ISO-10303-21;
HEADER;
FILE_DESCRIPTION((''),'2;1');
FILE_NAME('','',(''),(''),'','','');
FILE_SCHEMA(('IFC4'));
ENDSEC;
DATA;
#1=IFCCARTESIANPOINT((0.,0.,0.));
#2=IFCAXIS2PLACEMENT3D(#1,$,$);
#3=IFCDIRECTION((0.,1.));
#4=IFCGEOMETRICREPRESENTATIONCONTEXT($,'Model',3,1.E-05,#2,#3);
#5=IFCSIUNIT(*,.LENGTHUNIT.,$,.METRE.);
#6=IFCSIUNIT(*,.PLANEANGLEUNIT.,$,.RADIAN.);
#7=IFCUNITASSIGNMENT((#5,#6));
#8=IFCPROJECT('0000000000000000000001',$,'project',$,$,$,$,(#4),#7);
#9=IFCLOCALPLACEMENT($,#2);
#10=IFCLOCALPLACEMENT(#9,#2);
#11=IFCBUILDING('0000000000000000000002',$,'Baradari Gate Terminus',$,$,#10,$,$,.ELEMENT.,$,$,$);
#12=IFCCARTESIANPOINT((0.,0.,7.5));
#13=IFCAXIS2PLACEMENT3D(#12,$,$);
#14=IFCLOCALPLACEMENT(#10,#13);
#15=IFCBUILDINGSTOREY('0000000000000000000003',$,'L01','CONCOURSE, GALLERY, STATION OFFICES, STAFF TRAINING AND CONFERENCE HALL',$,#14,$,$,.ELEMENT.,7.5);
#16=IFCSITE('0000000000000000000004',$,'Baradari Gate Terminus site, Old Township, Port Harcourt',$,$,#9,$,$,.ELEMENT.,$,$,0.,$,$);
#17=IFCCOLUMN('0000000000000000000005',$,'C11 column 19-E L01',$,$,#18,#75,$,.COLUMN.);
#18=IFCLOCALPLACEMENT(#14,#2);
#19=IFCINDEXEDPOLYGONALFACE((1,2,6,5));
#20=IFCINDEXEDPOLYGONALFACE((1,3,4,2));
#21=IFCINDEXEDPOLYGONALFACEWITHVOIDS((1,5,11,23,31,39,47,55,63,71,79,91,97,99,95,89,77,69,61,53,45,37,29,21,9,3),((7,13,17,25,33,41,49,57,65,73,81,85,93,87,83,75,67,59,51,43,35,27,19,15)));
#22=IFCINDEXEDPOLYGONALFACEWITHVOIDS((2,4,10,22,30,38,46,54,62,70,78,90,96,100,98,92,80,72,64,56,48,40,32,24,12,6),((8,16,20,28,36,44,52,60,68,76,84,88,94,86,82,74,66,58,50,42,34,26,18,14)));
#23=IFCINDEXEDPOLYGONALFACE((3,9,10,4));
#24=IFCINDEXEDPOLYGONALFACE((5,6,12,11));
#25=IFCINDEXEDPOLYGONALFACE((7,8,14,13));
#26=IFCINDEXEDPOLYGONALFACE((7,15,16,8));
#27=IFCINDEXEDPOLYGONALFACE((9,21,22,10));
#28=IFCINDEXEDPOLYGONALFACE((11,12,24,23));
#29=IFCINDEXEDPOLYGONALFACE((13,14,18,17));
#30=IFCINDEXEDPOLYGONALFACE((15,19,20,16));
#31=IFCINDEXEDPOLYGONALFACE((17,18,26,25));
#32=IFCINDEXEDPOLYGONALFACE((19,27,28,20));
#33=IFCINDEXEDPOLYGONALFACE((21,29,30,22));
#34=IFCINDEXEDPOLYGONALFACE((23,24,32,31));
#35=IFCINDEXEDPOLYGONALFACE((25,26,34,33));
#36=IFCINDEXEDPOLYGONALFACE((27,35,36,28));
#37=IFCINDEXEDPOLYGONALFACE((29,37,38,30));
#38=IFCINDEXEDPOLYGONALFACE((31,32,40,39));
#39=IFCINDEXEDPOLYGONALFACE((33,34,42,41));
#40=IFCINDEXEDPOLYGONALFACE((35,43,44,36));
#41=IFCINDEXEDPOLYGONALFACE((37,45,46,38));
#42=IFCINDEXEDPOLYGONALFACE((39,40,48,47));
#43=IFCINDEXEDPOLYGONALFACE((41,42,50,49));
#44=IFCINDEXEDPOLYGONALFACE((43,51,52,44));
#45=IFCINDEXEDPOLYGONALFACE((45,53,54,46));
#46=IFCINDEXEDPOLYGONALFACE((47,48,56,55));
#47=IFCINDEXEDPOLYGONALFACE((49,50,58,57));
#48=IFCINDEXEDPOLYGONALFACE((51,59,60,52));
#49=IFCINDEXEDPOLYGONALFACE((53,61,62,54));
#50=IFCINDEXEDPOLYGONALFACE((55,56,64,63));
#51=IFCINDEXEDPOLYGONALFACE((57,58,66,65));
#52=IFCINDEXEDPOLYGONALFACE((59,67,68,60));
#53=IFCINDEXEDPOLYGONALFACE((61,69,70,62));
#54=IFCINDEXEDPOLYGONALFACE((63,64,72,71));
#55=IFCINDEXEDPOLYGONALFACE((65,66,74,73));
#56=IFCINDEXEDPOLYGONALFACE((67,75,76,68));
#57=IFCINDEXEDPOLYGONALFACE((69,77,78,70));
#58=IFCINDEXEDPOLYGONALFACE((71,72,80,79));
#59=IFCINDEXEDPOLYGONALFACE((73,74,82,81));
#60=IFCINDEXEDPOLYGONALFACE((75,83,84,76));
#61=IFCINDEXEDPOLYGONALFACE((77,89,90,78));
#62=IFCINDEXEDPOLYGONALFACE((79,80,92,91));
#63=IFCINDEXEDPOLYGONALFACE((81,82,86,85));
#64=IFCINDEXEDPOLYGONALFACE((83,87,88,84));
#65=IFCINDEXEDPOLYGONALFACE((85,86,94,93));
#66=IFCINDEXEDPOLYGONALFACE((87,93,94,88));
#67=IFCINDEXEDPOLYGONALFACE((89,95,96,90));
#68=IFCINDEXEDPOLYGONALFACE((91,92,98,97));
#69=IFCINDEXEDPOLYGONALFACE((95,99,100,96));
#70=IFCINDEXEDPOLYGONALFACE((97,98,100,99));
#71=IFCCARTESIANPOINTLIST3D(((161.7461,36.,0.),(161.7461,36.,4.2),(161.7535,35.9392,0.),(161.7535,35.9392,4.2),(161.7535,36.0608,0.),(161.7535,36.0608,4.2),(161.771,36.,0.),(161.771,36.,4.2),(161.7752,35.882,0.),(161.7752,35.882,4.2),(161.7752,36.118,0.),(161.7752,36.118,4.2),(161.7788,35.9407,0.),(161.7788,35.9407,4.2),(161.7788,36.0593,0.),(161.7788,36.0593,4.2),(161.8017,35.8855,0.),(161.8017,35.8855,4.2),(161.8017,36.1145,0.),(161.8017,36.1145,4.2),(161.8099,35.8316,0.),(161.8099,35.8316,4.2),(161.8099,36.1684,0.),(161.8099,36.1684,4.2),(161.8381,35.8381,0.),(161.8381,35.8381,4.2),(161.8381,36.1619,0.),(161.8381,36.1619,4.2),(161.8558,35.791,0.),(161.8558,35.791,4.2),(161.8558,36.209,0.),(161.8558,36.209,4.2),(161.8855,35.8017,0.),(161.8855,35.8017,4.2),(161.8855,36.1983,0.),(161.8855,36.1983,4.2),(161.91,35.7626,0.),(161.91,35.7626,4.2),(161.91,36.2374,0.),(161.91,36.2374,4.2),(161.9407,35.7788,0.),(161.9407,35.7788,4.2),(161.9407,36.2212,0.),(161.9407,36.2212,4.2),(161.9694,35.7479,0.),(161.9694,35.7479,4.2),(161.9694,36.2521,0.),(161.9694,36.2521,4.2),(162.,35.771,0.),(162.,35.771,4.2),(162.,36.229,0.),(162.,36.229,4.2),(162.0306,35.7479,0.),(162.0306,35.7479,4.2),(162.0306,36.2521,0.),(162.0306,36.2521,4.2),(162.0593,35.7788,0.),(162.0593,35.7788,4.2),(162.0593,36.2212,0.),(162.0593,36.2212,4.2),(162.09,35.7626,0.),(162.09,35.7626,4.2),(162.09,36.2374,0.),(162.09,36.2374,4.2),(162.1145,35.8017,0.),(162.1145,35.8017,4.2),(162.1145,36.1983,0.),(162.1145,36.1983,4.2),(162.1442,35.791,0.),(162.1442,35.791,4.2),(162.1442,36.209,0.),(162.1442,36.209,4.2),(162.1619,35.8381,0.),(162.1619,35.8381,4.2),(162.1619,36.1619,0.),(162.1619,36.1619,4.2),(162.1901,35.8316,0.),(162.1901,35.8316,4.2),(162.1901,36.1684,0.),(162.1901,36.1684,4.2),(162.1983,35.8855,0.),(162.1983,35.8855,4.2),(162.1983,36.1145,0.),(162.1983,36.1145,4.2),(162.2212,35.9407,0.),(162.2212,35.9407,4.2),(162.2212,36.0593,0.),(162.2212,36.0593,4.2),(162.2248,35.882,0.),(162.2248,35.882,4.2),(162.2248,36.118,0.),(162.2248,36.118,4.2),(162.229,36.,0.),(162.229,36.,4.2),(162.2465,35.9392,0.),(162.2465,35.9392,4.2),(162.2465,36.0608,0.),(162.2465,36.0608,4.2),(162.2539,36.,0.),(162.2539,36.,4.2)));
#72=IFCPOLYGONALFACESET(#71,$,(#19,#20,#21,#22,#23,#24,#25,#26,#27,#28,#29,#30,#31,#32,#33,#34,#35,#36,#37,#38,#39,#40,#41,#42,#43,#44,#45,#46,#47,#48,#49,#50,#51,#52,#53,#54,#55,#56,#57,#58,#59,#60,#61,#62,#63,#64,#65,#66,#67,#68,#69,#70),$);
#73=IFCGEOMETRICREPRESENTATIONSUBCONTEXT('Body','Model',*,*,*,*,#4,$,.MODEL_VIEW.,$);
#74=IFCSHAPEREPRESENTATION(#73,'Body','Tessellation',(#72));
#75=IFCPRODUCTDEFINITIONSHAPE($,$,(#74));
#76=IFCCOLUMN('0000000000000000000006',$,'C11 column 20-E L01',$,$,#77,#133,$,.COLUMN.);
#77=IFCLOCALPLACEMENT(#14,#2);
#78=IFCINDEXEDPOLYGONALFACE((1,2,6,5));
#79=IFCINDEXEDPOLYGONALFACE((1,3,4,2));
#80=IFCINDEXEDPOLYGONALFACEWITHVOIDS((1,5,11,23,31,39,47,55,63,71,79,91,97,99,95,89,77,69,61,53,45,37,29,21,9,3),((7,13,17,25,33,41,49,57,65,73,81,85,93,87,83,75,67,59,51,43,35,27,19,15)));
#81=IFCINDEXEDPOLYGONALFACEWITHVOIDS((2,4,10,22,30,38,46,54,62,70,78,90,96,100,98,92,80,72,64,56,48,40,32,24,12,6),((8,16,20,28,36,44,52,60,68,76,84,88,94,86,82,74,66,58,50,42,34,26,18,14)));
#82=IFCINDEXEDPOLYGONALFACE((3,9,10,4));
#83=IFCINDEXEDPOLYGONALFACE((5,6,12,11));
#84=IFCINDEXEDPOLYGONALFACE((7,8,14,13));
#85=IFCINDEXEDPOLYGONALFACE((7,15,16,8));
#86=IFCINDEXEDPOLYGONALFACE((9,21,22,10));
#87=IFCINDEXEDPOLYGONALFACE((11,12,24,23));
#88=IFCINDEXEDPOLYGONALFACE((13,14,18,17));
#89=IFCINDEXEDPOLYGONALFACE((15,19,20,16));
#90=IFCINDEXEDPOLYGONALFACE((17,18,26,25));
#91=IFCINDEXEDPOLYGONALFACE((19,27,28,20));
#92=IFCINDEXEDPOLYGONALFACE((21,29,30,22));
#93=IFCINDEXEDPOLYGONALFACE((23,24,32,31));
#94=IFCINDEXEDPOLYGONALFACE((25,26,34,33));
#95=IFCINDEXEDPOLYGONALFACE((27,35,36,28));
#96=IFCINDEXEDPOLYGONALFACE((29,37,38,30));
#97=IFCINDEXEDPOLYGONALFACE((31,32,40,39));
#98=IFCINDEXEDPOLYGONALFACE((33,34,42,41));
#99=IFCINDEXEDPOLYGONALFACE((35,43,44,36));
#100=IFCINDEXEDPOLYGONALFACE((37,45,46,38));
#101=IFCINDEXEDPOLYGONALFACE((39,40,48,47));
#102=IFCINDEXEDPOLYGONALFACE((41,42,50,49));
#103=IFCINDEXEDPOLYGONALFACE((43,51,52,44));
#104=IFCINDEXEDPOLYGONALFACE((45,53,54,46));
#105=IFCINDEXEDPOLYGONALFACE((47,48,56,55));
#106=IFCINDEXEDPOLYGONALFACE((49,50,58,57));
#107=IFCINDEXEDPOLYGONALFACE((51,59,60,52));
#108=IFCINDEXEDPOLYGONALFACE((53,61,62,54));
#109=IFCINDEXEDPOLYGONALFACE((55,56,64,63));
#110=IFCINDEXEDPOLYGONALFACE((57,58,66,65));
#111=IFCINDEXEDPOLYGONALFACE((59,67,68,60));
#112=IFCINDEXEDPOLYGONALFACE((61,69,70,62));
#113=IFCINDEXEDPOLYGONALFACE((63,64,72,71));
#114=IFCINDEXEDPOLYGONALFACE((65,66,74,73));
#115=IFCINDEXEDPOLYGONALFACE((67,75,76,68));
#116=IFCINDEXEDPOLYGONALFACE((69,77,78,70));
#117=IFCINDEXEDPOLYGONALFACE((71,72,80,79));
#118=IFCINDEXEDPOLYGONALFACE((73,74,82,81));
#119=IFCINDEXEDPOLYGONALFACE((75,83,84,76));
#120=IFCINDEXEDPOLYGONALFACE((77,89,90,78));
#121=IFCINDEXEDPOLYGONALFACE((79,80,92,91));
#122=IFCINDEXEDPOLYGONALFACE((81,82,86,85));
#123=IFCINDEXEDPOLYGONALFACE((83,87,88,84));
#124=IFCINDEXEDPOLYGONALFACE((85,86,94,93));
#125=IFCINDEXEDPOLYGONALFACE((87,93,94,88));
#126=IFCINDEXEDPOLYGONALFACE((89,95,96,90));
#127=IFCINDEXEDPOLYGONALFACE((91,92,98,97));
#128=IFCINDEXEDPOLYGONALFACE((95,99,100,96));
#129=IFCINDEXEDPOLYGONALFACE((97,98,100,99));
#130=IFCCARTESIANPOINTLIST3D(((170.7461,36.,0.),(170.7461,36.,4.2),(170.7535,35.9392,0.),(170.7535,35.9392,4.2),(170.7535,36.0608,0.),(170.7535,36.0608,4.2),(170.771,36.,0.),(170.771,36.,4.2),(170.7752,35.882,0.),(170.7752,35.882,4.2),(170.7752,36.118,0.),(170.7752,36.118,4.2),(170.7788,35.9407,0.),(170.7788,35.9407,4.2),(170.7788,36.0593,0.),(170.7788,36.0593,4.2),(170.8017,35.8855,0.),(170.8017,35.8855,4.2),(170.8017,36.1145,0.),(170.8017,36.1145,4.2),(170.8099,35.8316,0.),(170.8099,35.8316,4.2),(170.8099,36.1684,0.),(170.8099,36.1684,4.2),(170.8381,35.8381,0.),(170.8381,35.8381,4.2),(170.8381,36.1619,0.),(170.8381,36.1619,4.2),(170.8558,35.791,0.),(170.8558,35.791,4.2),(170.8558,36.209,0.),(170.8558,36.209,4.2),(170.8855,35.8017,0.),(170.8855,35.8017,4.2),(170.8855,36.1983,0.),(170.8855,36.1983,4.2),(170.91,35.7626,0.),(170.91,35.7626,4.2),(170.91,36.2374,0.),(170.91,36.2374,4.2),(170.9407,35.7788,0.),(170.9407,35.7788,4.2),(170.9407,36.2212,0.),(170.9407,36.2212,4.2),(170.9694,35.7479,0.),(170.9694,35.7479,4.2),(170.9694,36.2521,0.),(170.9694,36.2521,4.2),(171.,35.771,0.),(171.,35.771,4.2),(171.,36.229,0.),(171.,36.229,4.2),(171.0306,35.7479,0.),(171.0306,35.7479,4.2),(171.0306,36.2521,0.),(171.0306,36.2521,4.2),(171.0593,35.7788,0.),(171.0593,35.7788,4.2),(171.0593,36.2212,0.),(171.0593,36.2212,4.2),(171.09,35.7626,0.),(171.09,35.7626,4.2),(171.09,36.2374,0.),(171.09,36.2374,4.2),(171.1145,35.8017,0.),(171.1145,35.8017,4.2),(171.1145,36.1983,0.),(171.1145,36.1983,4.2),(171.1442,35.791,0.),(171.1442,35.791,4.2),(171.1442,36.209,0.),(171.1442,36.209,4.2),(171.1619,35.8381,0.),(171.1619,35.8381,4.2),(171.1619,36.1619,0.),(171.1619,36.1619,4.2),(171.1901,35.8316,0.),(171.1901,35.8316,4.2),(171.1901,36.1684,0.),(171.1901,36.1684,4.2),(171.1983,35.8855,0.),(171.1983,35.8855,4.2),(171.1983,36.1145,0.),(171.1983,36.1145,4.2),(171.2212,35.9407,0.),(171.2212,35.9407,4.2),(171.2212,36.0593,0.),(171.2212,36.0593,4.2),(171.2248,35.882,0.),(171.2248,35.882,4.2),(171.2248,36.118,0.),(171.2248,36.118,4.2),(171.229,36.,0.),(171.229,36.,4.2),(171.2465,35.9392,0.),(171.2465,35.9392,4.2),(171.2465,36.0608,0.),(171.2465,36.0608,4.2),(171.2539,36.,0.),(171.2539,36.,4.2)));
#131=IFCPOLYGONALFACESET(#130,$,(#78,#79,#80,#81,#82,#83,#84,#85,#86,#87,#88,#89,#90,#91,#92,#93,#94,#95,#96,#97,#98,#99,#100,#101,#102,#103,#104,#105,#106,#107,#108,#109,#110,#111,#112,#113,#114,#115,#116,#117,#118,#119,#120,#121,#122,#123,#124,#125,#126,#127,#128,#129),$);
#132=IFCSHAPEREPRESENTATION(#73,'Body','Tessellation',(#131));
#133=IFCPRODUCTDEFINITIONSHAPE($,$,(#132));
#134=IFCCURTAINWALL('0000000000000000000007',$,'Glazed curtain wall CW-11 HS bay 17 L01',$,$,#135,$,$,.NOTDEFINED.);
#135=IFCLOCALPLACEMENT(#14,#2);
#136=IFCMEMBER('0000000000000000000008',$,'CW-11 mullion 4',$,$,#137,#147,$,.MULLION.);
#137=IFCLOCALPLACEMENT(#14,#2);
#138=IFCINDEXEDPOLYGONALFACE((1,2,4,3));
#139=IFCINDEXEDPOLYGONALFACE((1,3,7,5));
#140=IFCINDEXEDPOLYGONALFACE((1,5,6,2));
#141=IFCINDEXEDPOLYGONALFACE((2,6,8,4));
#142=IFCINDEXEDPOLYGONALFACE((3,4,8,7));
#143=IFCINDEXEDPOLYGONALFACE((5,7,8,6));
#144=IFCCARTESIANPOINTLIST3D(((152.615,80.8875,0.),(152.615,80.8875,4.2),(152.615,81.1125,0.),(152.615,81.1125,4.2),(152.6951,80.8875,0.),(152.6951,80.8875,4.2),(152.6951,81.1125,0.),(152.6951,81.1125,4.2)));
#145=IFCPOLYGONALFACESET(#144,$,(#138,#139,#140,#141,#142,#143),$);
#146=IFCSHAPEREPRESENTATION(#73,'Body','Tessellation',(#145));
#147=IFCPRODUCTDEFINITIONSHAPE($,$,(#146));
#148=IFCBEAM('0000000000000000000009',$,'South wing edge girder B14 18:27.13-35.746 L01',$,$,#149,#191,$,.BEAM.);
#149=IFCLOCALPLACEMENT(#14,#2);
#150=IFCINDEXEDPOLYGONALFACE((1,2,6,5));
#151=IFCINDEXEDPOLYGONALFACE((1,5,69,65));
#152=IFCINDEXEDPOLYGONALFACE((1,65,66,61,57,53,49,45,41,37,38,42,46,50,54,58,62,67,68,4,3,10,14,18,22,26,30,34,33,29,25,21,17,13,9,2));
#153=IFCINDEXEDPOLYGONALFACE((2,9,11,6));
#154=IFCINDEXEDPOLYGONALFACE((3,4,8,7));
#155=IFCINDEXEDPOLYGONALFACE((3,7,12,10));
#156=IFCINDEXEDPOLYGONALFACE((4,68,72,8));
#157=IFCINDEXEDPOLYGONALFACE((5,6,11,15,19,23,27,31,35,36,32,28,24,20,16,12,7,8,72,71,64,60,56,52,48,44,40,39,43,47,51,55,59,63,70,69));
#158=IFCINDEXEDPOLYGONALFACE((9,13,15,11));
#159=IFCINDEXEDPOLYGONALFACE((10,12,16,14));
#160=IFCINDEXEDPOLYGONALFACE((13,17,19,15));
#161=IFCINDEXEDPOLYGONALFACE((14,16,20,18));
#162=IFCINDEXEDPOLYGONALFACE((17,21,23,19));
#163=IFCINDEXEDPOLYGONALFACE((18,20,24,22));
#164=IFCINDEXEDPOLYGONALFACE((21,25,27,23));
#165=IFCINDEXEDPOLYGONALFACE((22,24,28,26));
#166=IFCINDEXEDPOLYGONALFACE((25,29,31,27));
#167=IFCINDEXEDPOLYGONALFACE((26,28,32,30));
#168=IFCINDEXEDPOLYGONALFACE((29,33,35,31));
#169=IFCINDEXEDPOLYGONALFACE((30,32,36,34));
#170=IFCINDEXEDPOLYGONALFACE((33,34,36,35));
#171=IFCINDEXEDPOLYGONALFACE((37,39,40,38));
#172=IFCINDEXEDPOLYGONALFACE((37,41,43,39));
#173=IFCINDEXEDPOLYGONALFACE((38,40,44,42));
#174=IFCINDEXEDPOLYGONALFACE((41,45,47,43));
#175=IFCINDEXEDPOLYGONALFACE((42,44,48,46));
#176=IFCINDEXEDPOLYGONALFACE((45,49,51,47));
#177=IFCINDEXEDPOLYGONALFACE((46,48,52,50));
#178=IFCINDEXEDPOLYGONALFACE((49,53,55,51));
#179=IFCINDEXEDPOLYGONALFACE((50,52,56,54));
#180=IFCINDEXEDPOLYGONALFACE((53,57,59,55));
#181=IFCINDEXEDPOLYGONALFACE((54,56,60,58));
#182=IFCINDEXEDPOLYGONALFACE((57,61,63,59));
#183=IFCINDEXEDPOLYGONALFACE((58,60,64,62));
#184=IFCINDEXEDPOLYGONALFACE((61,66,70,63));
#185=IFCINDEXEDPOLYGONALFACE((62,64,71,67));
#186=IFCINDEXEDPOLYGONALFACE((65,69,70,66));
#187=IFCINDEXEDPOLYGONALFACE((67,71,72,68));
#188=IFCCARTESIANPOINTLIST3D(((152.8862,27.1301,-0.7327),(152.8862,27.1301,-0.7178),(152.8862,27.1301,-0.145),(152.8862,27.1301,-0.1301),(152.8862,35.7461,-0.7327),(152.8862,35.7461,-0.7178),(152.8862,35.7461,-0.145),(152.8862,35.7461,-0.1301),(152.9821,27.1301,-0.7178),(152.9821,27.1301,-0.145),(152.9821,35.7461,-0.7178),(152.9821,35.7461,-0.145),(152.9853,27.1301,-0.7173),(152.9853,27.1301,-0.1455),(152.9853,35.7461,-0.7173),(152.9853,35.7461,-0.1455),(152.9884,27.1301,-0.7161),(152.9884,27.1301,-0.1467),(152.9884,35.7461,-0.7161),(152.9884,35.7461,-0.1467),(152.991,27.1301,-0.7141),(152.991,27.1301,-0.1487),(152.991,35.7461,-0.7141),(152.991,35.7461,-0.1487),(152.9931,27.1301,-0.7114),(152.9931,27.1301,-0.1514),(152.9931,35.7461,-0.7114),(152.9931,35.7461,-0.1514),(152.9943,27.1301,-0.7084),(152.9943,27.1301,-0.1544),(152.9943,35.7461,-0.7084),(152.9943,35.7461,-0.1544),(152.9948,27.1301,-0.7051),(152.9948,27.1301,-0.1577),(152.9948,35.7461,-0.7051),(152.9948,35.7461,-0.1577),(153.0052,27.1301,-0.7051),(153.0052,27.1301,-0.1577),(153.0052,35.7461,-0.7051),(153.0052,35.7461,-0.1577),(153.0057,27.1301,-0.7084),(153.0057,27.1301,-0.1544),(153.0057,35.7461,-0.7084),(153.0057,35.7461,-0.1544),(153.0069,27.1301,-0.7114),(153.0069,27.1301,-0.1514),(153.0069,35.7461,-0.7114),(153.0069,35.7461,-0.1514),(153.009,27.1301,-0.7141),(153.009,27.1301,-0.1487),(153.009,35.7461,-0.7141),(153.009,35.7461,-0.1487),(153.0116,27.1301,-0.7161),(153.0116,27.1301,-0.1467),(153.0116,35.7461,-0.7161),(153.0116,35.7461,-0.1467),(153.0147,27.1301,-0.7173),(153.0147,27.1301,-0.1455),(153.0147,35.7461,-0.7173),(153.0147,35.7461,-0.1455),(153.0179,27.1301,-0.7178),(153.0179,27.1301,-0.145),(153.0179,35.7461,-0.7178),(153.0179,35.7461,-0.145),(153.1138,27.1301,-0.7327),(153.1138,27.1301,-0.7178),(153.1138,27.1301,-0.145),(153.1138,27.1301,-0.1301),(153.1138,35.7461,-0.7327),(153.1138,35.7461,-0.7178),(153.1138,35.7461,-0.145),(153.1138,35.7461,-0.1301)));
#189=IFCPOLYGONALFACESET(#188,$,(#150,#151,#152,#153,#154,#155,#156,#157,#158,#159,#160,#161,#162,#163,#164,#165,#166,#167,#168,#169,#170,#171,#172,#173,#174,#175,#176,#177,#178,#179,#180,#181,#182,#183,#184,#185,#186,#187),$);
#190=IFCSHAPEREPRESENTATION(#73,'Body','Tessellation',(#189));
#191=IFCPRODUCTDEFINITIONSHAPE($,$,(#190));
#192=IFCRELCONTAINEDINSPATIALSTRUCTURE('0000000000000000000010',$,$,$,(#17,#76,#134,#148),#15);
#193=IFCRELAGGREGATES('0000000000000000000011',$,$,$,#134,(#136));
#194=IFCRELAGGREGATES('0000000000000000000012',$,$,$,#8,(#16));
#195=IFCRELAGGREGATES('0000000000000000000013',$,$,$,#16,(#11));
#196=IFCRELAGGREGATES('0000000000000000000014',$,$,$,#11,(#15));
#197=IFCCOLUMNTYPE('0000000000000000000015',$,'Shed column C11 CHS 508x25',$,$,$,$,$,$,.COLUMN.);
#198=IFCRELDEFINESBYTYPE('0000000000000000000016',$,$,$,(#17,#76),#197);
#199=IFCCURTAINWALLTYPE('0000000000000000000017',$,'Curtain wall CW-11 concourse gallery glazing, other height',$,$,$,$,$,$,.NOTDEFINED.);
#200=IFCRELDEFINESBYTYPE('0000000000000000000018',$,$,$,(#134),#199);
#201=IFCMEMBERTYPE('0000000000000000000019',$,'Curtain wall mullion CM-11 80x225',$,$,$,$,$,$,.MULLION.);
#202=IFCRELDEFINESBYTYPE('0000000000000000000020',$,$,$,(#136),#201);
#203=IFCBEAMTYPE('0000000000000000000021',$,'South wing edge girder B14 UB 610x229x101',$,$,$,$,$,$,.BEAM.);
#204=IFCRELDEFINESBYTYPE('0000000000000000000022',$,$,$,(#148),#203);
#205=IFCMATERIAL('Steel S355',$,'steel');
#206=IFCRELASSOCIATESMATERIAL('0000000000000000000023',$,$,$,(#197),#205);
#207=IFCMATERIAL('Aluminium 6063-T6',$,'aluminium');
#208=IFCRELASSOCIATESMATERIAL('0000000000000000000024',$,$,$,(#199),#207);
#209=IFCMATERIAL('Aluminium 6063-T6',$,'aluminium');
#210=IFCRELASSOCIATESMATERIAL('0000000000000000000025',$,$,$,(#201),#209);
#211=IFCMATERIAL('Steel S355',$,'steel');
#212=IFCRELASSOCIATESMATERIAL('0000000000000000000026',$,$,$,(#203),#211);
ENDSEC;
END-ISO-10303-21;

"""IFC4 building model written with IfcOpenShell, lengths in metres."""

from ifc_helpers import new_model, si_unit, direction, frame, origin, origin_2d, place, context, subcontext, project, spatial, rectangle, hollow_circle, i_section, extrude, material, material_profile, profile_set, type_object, element, aggregate, save


model = new_model("IFC4")

# Units and contexts
model_context = context("Model", 3, precision=1e-05, world=origin(), true_north=direction((0.0, 1.0)))
body_context = subcontext(model_context, "Body", "Model", "MODEL_VIEW")
ifc_project = project(units=[si_unit("LENGTHUNIT", "METRE"), si_unit("PLANEANGLEUNIT", "RADIAN")], contexts=[model_context])

# Site, building, storey
site_placement = place(None, origin())
site = spatial("IfcSite", under=ifc_project, at=site_placement, Name="Baradari Gate Terminus site, Old Township, Port Harcourt", CompositionType="ELEMENT", RefElevation=0.0)
building_placement = place(site_placement, origin())
building = spatial("IfcBuilding", under=site, at=building_placement, Name="Baradari Gate Terminus", CompositionType="ELEMENT")
storey_placement = place(building_placement, frame((0.0, 0.0, 7.5)))
storey = spatial("IfcBuildingStorey", under=building, at=storey_placement, Name="L01", Description="CONCOURSE, GALLERY, STATION OFFICES, STAFF TRAINING AND CONFERENCE HALL", CompositionType="ELEMENT", Elevation=7.5)

# Columns
ifc_material_1 = material(Name="Steel S355", Category="steel")
ifc_material_profile_1 = material_profile(ifc_material_1, hollow_circle(Radius=0.2539, WallThickness=0.0249, at=origin_2d()), Name="CHS 508x25")
ifc_profile_set_1 = profile_set([ifc_material_profile_1], Name="Steel S355")
column_type_1 = type_object("IfcColumnType", Name="Shed column C11 CHS 508x25", PredefinedType="COLUMN", material=ifc_profile_set_1)
for number, where, z_axis, x_axis, name in (
    (1, (162.0, 36.0, 0.0), (0.0, 0.0, 1.0), (1.0, 0.0, 0.0), "C11 column 19-E L01"),
    (2, (171.0, 36.0, 0.0), (0.0, 0.0, 1.0), (1.0, 0.0, 0.0), "C11 column 20-E L01"),
):
    element("IfcColumn", number, at=place(storey_placement, frame(where, z_axis=z_axis, x_axis=x_axis)), inside=storey, type_object=column_type_1, Name=name, PredefinedType="COLUMN", context=body_context, shape_type="SweptSolid", body=[
        extrude(hollow_circle(Radius=0.2539, WallThickness=0.0249, at=origin_2d()), origin(), (0.0, 0.0, 1.0), 4.2),
    ])

# Curtain wall, member
ifc_material_2 = material(Name="Aluminium 6063-T6", Category="aluminium")
curtain_wall_type = type_object("IfcCurtainWallType", Name="Curtain wall CW-11 concourse gallery glazing, other height", PredefinedType="NOTDEFINED", material=ifc_material_2)
curtain_wall_placement = place(storey_placement, origin())
curtain_wall = element("IfcCurtainWall", 3, at=curtain_wall_placement, inside=storey, type_object=curtain_wall_type, Name="Glazed curtain wall CW-11 HS bay 17 L01", PredefinedType="NOTDEFINED")
ifc_material_3 = material(Name="Aluminium 6063-T6", Category="aluminium")
ifc_material_profile_2 = material_profile(ifc_material_3, rectangle(XDim=0.2251, YDim=0.0801, at=origin_2d()), Name="CM-11 80X225")
ifc_profile_set_2 = profile_set([ifc_material_profile_2], Name="Aluminium 6063-T6")
member_type = type_object("IfcMemberType", Name="Curtain wall mullion CM-11 80x225", PredefinedType="MULLION", material=ifc_profile_set_2)
member_placement = place(storey_placement, frame((152.655, 81.0, 0.0), z_axis=(0.0, 0.0, 1.0), x_axis=(0.0, 1.0, 0.0)))
member = element("IfcMember", 4, at=member_placement, type_object=member_type, Name="CW-11 mullion 4", PredefinedType="MULLION", context=body_context, shape_type="SweptSolid", body=[
    extrude(rectangle(XDim=0.2251, YDim=0.0801, at=origin_2d()), origin(), (0.0, 0.0, 1.0), 4.2),
])

# Beam
ifc_material_4 = material(Name="Steel S355", Category="steel")
ifc_material_profile_3 = material_profile(ifc_material_4, i_section(OverallWidth=0.2275, OverallDepth=0.6025, WebThickness=0.0105, FlangeThickness=0.0149, FilletRadius=0.0127, at=origin_2d()), Name="UB 610x229x101")
ifc_profile_set_3 = profile_set([ifc_material_profile_3], Name="Steel S355")
beam_type_1 = type_object("IfcBeamType", Name="South wing edge girder B14 UB 610x229x101", PredefinedType="BEAM", material=ifc_profile_set_3)
beam_1_placement = place(storey_placement, frame((153.0, 27.1301, -0.4314), z_axis=(0.0, 1.0, 0.0), x_axis=(-1.0, 0.0, 0.0)))
element("IfcBeam", 5, at=beam_1_placement, inside=storey, type_object=beam_type_1, Name="South wing edge girder B14 18:27.13-35.746 L01", PredefinedType="BEAM", context=body_context, shape_type="SweptSolid", body=[
    extrude(i_section(OverallWidth=0.2275, OverallDepth=0.6025, WebThickness=0.0105, FlangeThickness=0.0149, FilletRadius=0.0127, at=origin_2d()), origin(), (0.0, 0.0, 1.0), 8.616),
])

aggregate(curtain_wall, [member])

save(model, "model.ifc")
